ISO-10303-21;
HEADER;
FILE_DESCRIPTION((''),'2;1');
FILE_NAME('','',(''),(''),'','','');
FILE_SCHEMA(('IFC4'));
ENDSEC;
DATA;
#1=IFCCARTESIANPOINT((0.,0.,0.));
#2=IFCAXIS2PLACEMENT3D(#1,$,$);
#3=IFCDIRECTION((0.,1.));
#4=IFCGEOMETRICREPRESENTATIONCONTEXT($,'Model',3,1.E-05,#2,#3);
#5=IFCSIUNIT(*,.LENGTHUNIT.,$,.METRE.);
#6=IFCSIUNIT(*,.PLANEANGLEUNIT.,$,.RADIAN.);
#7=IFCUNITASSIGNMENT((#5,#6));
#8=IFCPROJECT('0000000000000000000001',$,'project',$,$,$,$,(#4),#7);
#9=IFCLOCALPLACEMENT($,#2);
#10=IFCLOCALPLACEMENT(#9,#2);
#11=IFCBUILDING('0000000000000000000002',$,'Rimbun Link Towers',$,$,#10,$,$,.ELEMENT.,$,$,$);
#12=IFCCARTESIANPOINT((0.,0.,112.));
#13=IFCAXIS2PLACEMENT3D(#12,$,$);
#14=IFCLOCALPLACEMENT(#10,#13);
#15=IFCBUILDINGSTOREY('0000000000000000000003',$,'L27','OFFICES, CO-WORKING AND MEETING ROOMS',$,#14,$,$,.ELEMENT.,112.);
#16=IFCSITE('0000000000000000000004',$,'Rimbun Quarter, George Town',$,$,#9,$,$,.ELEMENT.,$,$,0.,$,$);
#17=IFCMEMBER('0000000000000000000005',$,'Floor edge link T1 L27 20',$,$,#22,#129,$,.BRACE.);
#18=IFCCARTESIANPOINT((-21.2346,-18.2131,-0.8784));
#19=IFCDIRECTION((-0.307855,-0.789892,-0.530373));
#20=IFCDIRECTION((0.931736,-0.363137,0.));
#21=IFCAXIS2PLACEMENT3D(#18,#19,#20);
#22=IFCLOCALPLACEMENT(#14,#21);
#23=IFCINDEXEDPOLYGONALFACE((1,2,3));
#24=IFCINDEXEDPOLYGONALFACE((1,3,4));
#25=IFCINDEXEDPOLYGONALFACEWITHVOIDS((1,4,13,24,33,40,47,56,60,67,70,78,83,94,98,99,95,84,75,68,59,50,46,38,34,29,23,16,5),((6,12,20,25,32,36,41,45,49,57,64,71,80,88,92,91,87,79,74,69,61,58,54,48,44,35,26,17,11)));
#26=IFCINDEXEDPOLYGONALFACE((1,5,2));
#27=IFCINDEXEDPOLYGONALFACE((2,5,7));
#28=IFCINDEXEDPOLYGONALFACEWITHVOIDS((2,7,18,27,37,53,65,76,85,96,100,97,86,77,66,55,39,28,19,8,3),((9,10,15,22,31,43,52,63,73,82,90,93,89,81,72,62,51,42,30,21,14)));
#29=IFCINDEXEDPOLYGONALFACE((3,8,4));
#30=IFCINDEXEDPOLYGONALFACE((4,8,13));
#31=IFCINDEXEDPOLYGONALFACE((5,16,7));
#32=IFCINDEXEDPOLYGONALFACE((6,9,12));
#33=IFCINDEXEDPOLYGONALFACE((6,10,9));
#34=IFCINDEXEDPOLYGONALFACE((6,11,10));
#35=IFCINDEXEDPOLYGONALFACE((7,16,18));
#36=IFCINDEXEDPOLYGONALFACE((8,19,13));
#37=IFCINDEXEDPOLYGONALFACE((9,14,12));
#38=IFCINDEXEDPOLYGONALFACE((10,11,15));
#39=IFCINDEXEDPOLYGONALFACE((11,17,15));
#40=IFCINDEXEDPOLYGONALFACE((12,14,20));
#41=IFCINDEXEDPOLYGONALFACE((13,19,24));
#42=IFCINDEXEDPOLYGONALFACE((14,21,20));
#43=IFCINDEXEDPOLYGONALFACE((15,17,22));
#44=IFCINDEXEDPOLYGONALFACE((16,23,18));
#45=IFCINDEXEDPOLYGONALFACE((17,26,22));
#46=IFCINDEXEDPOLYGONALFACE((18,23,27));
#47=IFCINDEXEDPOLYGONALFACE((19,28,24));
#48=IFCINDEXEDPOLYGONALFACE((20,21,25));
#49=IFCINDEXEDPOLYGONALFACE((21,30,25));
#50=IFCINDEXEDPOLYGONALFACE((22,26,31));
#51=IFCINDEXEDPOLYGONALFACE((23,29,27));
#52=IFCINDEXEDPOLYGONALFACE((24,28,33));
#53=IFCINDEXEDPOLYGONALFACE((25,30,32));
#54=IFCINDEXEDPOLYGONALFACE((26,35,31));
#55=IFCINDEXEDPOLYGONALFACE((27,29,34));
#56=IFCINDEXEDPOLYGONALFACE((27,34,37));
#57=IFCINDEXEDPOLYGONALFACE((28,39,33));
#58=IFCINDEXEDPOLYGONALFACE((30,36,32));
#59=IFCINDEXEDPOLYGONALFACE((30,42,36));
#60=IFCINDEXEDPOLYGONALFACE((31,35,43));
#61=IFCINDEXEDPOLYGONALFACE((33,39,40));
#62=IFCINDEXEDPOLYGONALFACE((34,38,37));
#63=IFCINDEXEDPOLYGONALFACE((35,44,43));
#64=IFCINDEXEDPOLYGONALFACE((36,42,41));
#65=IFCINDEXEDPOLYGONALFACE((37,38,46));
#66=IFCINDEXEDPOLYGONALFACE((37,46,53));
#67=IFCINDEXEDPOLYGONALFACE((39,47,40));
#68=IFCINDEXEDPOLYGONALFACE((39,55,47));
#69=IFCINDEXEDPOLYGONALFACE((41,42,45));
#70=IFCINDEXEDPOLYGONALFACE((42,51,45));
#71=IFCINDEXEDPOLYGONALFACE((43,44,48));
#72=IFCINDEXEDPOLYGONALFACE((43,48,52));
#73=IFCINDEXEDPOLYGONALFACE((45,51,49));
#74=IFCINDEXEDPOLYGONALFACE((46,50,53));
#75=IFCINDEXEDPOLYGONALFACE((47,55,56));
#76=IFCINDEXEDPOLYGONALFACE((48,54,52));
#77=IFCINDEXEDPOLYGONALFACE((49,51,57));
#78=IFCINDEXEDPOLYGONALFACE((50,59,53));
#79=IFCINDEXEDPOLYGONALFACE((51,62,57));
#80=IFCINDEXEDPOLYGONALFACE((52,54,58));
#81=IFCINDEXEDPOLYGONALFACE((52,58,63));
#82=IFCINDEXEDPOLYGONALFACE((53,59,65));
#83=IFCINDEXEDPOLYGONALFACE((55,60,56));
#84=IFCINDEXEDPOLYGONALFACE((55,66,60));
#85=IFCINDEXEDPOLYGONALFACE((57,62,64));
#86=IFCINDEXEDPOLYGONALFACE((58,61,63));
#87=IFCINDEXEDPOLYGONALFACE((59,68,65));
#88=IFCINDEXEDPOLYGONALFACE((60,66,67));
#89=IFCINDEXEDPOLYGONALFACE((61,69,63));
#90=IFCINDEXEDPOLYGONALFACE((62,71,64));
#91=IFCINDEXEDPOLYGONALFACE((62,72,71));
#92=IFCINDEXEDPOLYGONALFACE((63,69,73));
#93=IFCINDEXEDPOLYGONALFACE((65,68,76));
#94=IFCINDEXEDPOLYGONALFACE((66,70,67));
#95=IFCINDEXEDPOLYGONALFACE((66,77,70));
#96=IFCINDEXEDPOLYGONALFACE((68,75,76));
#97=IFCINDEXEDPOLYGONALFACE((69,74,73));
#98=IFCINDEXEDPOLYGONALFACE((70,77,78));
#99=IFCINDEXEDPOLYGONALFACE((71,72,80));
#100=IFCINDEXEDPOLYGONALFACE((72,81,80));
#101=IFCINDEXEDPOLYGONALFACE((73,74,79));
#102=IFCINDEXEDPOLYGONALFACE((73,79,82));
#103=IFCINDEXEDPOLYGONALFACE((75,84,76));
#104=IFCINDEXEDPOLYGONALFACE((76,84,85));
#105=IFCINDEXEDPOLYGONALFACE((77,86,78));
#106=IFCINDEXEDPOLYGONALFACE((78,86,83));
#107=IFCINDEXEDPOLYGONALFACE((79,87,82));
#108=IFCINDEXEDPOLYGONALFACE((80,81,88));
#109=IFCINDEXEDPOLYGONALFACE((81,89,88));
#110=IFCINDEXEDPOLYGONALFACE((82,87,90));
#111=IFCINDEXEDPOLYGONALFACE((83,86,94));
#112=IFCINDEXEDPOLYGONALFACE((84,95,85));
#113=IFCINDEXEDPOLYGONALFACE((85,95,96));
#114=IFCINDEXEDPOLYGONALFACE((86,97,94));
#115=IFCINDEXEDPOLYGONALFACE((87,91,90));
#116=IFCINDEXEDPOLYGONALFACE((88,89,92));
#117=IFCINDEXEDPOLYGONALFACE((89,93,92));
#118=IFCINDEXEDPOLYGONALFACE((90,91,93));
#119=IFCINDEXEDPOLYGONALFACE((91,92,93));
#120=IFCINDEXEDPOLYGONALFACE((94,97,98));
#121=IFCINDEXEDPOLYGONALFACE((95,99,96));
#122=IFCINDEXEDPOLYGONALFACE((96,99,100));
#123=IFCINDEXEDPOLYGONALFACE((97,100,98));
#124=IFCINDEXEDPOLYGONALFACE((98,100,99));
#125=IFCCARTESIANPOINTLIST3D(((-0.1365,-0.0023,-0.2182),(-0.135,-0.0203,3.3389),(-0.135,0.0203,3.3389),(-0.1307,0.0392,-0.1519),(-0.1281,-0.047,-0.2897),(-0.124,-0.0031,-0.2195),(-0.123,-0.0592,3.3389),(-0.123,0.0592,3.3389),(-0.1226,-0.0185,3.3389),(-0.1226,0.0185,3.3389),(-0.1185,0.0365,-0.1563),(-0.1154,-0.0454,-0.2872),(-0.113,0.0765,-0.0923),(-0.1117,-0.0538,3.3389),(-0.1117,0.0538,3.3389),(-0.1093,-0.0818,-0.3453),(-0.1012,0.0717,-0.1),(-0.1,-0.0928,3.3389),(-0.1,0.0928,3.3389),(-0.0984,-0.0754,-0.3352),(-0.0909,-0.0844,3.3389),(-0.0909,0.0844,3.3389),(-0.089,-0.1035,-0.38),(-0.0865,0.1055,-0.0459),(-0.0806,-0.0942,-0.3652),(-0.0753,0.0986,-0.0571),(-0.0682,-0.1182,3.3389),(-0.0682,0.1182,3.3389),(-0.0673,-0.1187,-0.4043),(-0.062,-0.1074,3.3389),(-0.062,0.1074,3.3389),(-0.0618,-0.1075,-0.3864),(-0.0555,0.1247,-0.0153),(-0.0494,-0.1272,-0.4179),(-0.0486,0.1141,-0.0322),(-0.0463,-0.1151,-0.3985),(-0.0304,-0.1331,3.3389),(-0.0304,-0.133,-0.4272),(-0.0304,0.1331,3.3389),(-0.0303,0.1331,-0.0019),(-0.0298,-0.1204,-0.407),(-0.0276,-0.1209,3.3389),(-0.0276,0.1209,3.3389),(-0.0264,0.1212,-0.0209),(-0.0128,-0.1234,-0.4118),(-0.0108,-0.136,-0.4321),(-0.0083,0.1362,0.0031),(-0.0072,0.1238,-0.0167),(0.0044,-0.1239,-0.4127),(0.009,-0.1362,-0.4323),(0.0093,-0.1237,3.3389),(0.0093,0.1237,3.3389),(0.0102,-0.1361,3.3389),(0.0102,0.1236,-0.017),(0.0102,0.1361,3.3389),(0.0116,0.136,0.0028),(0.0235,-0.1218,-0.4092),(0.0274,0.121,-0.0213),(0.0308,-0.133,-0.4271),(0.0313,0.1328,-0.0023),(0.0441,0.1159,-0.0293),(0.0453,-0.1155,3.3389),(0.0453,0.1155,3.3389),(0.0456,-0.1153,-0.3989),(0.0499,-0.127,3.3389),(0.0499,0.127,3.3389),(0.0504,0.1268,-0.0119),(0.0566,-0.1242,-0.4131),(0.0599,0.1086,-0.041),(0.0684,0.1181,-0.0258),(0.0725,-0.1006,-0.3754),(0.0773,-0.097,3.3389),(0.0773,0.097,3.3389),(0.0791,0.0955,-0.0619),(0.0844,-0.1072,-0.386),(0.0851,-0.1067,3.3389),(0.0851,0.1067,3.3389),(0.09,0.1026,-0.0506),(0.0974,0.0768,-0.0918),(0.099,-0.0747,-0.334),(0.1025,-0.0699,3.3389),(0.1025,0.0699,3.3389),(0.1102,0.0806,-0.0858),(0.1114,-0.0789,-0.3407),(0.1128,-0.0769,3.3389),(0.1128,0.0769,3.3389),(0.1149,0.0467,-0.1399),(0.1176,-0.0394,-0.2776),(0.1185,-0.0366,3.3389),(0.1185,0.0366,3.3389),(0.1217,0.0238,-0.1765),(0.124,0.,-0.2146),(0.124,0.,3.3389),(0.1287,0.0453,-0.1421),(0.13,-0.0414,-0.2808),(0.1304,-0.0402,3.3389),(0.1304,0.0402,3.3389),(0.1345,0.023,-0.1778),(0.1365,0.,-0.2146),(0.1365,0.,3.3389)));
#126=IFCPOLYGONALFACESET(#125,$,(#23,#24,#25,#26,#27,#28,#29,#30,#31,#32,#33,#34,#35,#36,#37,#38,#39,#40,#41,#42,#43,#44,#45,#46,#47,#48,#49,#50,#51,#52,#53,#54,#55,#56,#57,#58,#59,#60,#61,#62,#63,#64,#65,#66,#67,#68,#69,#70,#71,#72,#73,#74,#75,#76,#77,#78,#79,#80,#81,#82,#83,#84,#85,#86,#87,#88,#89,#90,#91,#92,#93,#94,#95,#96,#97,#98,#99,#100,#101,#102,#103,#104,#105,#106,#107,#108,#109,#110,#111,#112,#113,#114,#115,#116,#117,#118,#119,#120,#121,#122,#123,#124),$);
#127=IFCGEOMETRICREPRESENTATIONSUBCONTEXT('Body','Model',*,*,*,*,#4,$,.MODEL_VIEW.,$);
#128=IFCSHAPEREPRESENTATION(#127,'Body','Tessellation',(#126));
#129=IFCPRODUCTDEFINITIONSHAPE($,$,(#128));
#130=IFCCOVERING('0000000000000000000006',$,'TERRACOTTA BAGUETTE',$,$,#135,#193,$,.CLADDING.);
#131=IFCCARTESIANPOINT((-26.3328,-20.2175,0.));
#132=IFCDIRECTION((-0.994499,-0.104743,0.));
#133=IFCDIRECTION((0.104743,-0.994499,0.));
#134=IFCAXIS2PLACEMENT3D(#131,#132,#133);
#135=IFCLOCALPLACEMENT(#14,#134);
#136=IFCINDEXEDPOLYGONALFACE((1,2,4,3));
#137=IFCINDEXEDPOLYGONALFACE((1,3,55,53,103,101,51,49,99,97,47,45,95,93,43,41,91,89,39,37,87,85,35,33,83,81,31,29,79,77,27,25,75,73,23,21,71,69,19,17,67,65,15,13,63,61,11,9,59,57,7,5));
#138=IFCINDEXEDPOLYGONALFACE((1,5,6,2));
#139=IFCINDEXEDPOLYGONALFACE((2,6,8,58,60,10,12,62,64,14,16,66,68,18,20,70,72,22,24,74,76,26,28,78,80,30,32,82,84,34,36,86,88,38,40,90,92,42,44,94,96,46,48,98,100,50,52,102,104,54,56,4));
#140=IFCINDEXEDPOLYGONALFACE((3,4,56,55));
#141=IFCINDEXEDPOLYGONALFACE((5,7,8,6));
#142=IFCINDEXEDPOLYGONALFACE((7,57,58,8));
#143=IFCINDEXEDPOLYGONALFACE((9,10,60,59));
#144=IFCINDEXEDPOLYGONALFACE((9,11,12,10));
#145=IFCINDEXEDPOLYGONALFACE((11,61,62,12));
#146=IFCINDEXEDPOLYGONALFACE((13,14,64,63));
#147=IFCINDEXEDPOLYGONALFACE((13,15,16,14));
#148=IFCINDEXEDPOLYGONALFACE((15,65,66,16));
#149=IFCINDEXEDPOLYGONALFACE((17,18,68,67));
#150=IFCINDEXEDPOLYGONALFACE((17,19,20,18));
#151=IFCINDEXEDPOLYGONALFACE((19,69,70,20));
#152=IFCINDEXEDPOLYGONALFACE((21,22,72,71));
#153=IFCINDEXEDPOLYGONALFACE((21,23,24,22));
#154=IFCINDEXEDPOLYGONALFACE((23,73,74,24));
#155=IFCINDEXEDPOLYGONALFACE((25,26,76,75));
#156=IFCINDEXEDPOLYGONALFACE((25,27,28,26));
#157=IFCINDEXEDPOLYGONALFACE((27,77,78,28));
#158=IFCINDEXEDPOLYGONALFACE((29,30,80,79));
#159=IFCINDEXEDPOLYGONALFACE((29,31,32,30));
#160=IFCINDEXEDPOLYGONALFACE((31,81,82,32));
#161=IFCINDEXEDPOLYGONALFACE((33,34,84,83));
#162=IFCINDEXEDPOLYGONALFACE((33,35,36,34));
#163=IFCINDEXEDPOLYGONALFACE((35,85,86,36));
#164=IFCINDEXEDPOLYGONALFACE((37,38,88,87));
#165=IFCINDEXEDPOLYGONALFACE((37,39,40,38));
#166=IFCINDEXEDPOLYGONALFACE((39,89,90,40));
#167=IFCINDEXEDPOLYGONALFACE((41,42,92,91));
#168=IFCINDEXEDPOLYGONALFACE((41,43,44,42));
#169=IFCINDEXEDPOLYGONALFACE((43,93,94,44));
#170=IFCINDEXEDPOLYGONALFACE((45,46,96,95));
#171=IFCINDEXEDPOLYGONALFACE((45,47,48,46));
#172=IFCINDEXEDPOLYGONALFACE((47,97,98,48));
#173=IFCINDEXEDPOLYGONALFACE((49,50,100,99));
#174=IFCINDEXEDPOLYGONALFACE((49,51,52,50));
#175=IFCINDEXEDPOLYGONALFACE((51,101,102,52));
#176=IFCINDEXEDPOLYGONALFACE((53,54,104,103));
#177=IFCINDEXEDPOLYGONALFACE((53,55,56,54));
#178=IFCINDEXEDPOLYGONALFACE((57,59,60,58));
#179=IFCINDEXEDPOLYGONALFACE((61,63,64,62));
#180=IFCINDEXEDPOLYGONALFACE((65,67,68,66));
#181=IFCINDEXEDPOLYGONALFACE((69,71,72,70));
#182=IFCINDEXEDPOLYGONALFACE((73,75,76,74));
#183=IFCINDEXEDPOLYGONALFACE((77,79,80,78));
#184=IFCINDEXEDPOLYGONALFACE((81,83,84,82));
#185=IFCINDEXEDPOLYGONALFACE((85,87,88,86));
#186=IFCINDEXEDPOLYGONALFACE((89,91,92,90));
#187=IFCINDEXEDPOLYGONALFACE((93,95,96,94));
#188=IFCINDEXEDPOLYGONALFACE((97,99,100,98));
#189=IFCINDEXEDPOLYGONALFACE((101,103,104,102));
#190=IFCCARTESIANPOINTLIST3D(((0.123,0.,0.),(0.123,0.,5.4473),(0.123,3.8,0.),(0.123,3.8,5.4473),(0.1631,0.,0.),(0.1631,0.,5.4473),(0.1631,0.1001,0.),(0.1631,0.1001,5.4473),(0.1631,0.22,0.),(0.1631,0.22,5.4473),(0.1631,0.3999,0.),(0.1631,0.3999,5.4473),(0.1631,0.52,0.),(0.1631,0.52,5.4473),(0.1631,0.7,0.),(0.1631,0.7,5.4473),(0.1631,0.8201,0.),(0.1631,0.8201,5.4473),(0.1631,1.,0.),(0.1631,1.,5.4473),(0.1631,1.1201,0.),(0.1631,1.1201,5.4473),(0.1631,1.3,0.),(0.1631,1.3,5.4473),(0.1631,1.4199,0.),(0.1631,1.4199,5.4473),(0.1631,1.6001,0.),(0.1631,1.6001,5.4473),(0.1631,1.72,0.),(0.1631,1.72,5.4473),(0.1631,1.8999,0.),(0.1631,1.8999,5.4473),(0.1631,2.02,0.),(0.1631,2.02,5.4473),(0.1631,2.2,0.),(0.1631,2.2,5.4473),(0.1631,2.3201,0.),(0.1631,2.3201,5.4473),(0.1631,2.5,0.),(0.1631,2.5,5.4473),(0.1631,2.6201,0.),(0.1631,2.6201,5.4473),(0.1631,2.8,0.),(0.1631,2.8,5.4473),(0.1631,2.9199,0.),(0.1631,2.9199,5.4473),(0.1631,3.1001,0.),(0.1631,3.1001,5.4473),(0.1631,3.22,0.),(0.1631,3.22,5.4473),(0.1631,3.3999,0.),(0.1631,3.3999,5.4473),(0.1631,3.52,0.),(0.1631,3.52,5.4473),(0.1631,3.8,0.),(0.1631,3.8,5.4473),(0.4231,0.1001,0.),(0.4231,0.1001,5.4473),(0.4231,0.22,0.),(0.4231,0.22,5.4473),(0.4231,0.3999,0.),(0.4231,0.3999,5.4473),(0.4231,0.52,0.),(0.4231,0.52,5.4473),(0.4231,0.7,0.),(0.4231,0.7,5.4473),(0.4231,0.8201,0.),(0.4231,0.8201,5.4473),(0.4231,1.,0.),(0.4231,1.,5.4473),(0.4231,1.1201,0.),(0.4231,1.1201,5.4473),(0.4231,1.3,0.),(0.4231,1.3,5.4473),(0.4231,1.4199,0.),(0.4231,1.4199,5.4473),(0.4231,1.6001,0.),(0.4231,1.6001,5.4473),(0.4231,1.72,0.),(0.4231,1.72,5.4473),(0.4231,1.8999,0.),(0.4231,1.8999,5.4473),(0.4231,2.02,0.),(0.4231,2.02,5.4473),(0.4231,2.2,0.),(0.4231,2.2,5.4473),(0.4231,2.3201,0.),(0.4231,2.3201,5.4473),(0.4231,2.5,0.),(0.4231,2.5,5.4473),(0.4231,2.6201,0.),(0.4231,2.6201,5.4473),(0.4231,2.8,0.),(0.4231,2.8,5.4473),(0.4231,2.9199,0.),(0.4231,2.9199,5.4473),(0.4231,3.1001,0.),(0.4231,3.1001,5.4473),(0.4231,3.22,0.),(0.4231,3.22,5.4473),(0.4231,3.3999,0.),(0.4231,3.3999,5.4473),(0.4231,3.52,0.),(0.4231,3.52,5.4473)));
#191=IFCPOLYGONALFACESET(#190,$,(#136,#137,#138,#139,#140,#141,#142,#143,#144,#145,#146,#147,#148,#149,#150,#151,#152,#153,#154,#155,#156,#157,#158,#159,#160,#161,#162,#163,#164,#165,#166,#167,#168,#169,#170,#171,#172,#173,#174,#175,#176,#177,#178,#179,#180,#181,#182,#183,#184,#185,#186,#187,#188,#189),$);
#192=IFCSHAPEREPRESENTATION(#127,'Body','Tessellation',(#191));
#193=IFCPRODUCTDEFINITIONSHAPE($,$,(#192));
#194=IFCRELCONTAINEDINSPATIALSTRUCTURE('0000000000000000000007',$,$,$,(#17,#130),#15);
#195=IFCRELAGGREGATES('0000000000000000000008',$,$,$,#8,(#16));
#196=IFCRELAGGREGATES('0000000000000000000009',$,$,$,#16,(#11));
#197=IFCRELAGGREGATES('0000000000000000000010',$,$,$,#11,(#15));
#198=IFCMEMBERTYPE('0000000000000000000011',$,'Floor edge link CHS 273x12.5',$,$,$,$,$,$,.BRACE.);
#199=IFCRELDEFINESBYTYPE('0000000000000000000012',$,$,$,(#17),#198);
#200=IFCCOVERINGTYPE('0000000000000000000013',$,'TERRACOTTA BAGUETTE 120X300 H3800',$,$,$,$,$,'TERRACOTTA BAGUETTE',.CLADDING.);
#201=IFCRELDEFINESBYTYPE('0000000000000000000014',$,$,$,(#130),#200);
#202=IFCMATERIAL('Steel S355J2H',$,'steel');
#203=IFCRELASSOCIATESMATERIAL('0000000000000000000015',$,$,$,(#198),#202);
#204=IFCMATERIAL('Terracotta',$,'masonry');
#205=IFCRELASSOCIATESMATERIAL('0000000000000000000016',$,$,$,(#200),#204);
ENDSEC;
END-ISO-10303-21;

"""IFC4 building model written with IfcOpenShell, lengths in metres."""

from ifc_helpers import new_model, si_unit, direction, frame, origin, origin_2d, place, context, subcontext, project, spatial, polyline, hollow_circle, outline, extrude, clip, halfspace, material, material_profile, profile_set, type_object, element, save


model = new_model("IFC4")

# Units and contexts
model_context = context("Model", 3, precision=1e-05, world=origin(), true_north=direction((0.0, 1.0)))
body_context = subcontext(model_context, "Body", "Model", "MODEL_VIEW")
ifc_project = project(units=[si_unit("LENGTHUNIT", "METRE"), si_unit("PLANEANGLEUNIT", "RADIAN")], contexts=[model_context])

# Site, building, storey
site_placement = place(None, origin())
site = spatial("IfcSite", under=ifc_project, at=site_placement, Name="Rimbun Quarter, George Town", CompositionType="ELEMENT", RefElevation=0.0)
building_placement = place(site_placement, origin())
building = spatial("IfcBuilding", under=site, at=building_placement, Name="Rimbun Link Towers", CompositionType="ELEMENT")
storey_placement = place(building_placement, frame((0.0, 0.0, 112.0)))
storey = spatial("IfcBuildingStorey", under=building, at=storey_placement, Name="L27", Description="OFFICES, CO-WORKING AND MEETING ROOMS", CompositionType="ELEMENT", Elevation=112.0)

# Member
ifc_material_1 = material(Name="Steel S355J2H", Category="steel")
ifc_material_profile_1 = material_profile(ifc_material_1, hollow_circle(Radius=0.1365, WallThickness=0.0125, at=origin_2d()), Name="CHS 273x12.5")
ifc_profile_set_1 = profile_set([ifc_material_profile_1], Name="Steel S355J2H")
member_type_1 = type_object("IfcMemberType", Name="Floor edge link CHS 273x12.5", PredefinedType="BRACE", material=ifc_profile_set_1)
member_1_placement = place(storey_placement, frame((-21.2346, -18.2131, -0.8784), z_axis=(-0.307855, -0.789892, -0.530373), x_axis=(0.931736, -0.363137, 0.0)))
element("IfcMember", 1, at=member_1_placement, inside=storey, type_object=member_type_1, Name="Floor edge link T1 L27 20", PredefinedType="BRACE", context=body_context, shape_type="Clipping", body=[
    clip(extrude(hollow_circle(Radius=0.1365, WallThickness=0.0125, at=origin_2d()), frame((0.0, 0.0, -0.4551)), (0.0, 0.0, 1.0), 3.7939), halfspace(frame((0.0, 0.0, -0.2146), z_axis=(0.0, 0.847764, -0.530373)), False)),
])

# Covering
ifc_material_2 = material(Name="Terracotta", Category="masonry")
ifc_material_profile_2 = material_profile(ifc_material_2, outline(polyline([(0.123, 0.0), (0.1631, 0.0), (0.1631, 0.1001), (0.4231, 0.1001), (0.4231, 0.22), (0.1631, 0.22), (0.1631, 0.3999), (0.4231, 0.3999), (0.4231, 0.52), (0.1631, 0.52), (0.1631, 0.7), (0.4231, 0.7), (0.4231, 0.8201), (0.1631, 0.8201), (0.1631, 1.0), (0.4231, 1.0), (0.4231, 1.1201), (0.1631, 1.1201), (0.1631, 1.3), (0.4231, 1.3), (0.4231, 1.4199), (0.1631, 1.4199), (0.1631, 1.6001), (0.4231, 1.6001), (0.4231, 1.72), (0.1631, 1.72), (0.1631, 1.8999), (0.4231, 1.8999), (0.4231, 2.02), (0.1631, 2.02), (0.1631, 2.2), (0.4231, 2.2), (0.4231, 2.3201), (0.1631, 2.3201), (0.1631, 2.5), (0.4231, 2.5), (0.4231, 2.6201), (0.1631, 2.6201), (0.1631, 2.8), (0.4231, 2.8), (0.4231, 2.9199), (0.1631, 2.9199), (0.1631, 3.1001), (0.4231, 3.1001), (0.4231, 3.22), (0.1631, 3.22), (0.1631, 3.3999), (0.4231, 3.3999), (0.4231, 3.52), (0.1631, 3.52), (0.1631, 3.8), (0.123, 3.8), (0.123, 0.0)])), Name="BAGUETTE 120X300")
ifc_profile_set_2 = profile_set([ifc_material_profile_2], Name="Terracotta")
covering_type = type_object("IfcCoveringType", Name="TERRACOTTA BAGUETTE 120X300 H3800", ElementType="TERRACOTTA BAGUETTE", PredefinedType="CLADDING", material=ifc_profile_set_2)
covering_1_placement = place(storey_placement, frame((-26.3328, -20.2175, 0.0), z_axis=(-0.994499, -0.104743, 0.0), x_axis=(0.104743, -0.994499, 0.0)))
element("IfcCovering", 2, at=covering_1_placement, inside=storey, type_object=covering_type, Name="TERRACOTTA BAGUETTE", PredefinedType="CLADDING", context=body_context, shape_type="SweptSolid", body=[
    extrude(outline(polyline([(0.123, 0.0), (0.1631, 0.0), (0.1631, 0.1001), (0.4231, 0.1001), (0.4231, 0.22), (0.1631, 0.22), (0.1631, 0.3999), (0.4231, 0.3999), (0.4231, 0.52), (0.1631, 0.52), (0.1631, 0.7), (0.4231, 0.7), (0.4231, 0.8201), (0.1631, 0.8201), (0.1631, 1.0), (0.4231, 1.0), (0.4231, 1.1201), (0.1631, 1.1201), (0.1631, 1.3), (0.4231, 1.3), (0.4231, 1.4199), (0.1631, 1.4199), (0.1631, 1.6001), (0.4231, 1.6001), (0.4231, 1.72), (0.1631, 1.72), (0.1631, 1.8999), (0.4231, 1.8999), (0.4231, 2.02), (0.1631, 2.02), (0.1631, 2.2), (0.4231, 2.2), (0.4231, 2.3201), (0.1631, 2.3201), (0.1631, 2.5), (0.4231, 2.5), (0.4231, 2.6201), (0.1631, 2.6201), (0.1631, 2.8), (0.4231, 2.8), (0.4231, 2.9199), (0.1631, 2.9199), (0.1631, 3.1001), (0.4231, 3.1001), (0.4231, 3.22), (0.1631, 3.22), (0.1631, 3.3999), (0.4231, 3.3999), (0.4231, 3.52), (0.1631, 3.52), (0.1631, 3.8), (0.123, 3.8), (0.123, 0.0)])), origin(), (0.0, 0.0, 1.0), 5.4473),
])

save(model, "model.ifc")
